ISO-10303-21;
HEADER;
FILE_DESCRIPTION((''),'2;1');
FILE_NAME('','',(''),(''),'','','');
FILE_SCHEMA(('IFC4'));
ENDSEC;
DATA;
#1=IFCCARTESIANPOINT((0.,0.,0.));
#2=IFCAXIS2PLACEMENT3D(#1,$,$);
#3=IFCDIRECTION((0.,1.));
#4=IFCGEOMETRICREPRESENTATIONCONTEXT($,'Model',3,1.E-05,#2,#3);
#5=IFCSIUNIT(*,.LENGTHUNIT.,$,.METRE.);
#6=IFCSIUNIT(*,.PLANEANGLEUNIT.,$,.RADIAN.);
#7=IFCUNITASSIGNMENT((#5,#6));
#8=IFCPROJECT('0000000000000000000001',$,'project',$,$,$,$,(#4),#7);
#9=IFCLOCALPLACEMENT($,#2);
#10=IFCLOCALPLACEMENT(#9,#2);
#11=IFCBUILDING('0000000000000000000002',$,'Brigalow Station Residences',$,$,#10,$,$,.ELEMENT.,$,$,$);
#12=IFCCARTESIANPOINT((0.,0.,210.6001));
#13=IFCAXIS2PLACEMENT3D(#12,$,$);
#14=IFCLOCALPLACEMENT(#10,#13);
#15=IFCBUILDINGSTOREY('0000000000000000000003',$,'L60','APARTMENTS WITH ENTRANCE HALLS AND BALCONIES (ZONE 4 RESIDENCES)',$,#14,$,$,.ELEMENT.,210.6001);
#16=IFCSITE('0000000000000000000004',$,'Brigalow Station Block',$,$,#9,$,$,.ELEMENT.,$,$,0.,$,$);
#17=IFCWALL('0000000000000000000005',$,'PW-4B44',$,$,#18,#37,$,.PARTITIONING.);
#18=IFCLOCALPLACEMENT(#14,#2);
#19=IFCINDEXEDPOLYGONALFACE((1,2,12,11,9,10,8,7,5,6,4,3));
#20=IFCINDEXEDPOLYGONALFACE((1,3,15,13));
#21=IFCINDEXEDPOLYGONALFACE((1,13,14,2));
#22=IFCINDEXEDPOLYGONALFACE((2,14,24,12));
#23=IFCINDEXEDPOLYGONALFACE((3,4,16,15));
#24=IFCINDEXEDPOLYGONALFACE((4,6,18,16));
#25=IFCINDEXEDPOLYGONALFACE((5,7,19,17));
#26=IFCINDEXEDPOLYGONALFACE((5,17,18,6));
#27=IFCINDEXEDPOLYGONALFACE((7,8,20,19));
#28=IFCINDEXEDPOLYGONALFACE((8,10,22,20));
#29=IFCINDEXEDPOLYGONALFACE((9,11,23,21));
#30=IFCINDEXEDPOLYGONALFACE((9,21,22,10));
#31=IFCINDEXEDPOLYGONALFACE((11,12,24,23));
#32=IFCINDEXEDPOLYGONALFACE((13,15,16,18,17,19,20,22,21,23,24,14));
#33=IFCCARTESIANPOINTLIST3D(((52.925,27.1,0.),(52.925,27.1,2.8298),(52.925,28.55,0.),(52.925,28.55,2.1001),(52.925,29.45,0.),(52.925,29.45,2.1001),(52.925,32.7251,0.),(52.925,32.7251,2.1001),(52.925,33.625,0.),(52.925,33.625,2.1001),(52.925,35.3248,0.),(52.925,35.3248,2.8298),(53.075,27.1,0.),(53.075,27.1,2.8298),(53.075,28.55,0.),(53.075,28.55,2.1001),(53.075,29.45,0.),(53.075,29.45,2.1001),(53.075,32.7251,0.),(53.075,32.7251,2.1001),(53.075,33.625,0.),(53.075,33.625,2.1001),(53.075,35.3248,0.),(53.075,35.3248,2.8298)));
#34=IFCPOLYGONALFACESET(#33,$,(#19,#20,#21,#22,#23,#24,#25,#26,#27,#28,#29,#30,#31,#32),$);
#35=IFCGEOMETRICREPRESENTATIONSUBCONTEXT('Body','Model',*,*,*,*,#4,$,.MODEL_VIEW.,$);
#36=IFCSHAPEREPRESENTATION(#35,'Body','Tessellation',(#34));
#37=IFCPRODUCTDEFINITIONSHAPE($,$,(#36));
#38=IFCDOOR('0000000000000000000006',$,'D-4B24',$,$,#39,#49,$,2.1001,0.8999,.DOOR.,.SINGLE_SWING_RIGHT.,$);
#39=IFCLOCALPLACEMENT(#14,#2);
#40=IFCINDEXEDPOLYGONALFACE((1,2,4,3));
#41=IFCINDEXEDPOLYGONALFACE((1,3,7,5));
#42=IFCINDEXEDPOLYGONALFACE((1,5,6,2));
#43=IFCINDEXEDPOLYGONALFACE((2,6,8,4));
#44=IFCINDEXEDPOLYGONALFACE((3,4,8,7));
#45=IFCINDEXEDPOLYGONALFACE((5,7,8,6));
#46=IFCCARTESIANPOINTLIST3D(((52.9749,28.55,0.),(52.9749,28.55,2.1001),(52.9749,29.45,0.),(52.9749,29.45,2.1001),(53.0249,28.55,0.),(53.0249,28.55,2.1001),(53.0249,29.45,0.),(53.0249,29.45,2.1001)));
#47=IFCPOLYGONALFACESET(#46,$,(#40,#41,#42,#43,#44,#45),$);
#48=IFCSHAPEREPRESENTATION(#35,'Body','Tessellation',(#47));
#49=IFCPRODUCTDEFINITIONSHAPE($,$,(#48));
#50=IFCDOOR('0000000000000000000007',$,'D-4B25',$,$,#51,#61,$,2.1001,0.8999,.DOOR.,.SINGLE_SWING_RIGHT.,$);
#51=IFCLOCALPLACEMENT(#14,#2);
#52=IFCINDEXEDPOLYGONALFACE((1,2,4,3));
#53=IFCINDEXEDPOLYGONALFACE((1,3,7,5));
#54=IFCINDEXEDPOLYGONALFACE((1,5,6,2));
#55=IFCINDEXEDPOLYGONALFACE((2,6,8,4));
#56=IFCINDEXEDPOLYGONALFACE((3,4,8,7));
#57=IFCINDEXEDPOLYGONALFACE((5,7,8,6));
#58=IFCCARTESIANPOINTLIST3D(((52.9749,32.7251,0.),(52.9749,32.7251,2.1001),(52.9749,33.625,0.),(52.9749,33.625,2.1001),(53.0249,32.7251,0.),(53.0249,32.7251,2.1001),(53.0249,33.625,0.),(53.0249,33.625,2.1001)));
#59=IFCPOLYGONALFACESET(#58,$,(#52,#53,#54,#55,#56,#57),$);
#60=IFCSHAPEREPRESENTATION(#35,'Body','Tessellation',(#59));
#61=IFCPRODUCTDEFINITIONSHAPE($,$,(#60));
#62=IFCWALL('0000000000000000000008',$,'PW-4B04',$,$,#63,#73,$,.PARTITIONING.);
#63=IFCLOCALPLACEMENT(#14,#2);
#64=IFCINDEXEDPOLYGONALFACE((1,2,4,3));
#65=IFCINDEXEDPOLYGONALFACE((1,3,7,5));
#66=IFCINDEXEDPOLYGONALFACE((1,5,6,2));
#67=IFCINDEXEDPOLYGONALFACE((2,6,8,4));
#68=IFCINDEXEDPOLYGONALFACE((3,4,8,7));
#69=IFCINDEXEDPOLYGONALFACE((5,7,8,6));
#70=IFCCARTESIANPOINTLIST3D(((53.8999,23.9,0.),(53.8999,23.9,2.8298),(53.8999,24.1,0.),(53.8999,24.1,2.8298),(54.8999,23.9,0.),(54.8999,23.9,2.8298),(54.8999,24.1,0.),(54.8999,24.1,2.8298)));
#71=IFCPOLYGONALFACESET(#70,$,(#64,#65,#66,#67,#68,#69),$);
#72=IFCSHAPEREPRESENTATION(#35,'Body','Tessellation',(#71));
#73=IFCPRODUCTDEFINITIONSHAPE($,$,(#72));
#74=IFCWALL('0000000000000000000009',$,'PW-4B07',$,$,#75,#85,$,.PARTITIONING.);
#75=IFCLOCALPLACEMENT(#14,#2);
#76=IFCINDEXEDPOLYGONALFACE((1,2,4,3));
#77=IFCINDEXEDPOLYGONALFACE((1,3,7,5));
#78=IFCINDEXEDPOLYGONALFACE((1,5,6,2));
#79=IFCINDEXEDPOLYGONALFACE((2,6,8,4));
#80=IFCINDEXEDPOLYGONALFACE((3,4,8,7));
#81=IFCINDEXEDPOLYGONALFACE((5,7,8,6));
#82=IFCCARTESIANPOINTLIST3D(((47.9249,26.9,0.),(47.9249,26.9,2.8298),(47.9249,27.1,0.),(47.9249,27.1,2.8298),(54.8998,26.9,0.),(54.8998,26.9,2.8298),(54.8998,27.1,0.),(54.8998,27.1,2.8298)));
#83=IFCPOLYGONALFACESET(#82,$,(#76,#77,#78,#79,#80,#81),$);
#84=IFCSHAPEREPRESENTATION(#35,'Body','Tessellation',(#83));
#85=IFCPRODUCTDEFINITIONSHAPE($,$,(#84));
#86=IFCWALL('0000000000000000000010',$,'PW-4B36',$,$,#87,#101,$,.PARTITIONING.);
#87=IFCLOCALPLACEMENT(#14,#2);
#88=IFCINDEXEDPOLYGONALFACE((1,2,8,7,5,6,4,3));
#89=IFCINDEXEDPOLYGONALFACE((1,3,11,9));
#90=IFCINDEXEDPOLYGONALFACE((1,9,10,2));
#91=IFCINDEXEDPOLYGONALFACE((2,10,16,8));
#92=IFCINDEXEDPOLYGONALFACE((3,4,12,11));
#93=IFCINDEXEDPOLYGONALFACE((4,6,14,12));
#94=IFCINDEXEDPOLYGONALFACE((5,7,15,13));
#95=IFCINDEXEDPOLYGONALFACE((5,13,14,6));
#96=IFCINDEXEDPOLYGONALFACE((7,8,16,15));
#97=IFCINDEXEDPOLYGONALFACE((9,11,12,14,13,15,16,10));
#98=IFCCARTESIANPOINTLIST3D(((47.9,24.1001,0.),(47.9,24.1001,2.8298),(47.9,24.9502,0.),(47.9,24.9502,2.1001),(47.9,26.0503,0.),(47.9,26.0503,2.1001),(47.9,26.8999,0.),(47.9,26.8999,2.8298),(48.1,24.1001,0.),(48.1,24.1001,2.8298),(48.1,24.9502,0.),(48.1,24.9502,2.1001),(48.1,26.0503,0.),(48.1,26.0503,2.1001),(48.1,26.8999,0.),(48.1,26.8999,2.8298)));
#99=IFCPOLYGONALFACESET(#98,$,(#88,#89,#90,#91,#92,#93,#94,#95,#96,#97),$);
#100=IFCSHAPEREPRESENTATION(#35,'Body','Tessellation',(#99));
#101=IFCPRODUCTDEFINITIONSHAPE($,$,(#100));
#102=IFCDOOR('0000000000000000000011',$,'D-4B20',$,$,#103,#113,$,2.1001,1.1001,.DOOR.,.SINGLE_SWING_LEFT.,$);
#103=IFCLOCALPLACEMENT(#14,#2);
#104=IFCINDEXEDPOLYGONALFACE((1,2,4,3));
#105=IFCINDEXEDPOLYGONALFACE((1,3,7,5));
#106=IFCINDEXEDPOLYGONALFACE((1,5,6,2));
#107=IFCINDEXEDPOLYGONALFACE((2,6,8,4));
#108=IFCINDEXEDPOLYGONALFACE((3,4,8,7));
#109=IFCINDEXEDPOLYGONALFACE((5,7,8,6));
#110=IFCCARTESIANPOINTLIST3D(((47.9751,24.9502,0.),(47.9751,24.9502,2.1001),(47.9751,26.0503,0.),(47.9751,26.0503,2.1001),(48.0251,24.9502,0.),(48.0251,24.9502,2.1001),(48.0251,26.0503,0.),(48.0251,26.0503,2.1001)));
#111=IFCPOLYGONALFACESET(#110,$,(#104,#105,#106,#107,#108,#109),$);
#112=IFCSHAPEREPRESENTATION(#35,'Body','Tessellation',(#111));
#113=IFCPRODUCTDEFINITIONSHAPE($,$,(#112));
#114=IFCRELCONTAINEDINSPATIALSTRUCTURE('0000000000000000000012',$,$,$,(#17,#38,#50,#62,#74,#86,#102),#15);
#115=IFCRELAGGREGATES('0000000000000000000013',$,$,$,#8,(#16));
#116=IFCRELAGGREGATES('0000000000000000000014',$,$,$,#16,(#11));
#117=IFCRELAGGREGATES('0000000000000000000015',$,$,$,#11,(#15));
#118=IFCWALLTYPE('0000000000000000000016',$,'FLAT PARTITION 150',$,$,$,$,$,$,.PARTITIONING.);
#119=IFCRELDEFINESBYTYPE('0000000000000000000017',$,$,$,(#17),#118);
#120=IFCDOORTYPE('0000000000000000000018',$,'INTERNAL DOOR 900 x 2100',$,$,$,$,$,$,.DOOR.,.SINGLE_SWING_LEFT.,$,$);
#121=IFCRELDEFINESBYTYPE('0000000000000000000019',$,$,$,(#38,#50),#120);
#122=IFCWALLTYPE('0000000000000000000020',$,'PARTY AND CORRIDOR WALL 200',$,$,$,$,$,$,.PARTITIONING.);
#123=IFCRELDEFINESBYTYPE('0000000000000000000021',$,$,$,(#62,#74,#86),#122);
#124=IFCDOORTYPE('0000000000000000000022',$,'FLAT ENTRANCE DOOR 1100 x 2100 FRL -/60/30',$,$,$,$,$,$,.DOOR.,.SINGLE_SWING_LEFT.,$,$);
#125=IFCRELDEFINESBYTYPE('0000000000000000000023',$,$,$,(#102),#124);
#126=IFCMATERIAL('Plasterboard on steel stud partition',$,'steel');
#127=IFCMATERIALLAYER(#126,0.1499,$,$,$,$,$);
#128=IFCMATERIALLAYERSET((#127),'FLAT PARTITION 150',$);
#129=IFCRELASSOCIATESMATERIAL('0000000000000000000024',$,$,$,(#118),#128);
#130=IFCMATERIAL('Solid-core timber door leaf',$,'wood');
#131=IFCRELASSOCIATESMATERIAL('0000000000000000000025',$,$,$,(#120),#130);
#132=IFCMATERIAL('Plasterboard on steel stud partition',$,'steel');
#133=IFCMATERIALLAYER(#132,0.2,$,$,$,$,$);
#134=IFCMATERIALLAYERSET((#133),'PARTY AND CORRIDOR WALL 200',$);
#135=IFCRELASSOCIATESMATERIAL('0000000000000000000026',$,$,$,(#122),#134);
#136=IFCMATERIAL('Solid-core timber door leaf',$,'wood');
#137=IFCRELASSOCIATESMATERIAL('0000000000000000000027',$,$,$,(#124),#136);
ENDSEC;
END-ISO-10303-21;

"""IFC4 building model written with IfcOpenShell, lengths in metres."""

from ifc_helpers import new_model, si_unit, direction, frame, frame_2d, origin, place, context, subcontext, project, spatial, rectangle, extrude, material, layer, layer_set, type_object, element, fill, save


model = new_model("IFC4")

# Units and contexts
model_context = context("Model", 3, precision=1e-05, world=origin(), true_north=direction((0.0, 1.0)))
body_context = subcontext(model_context, "Body", "Model", "MODEL_VIEW")
ifc_project = project(units=[si_unit("LENGTHUNIT", "METRE"), si_unit("PLANEANGLEUNIT", "RADIAN")], contexts=[model_context])

# Site, building, storey
site_placement = place(None, origin())
site = spatial("IfcSite", under=ifc_project, at=site_placement, Name="Brigalow Station Block", CompositionType="ELEMENT", RefElevation=0.0)
building_placement = place(site_placement, origin())
building = spatial("IfcBuilding", under=site, at=building_placement, Name="Brigalow Station Residences", CompositionType="ELEMENT")
storey_placement = place(building_placement, frame((0.0, 0.0, 210.6001)))
storey = spatial("IfcBuildingStorey", under=building, at=storey_placement, Name="L60", Description="APARTMENTS WITH ENTRANCE HALLS AND BALCONIES (ZONE 4 RESIDENCES)", CompositionType="ELEMENT", Elevation=210.6001)

# Shared definitions
ifc_material_1 = material(Name="Plasterboard on steel stud partition", Category="steel")
ifc_layer_1 = layer(ifc_material_1, 0.1499)
ifc_layer_set_1 = layer_set([ifc_layer_1], Name="FLAT PARTITION 150")
wall_type_1 = type_object("IfcWallType", Name="FLAT PARTITION 150", PredefinedType="PARTITIONING", material=ifc_layer_set_1)

# Shared definitions
ifc_material_2 = material(Name="Solid-core timber door leaf", Category="wood")
door_type_1 = type_object("IfcDoorType", Name="INTERNAL DOOR 900 x 2100", OperationType="SINGLE_SWING_LEFT", PredefinedType="DOOR", material=ifc_material_2)

# Wall, openings, doors
wall_1_placement = place(storey_placement, frame((53.0, 27.1001, 0.0), z_axis=(0.0, 0.0, 1.0), x_axis=(0.0, 1.0, 0.0)))
wall_1 = element("IfcWall", 1, at=wall_1_placement, inside=storey, type_object=wall_type_1, Name="PW-4B44", PredefinedType="PARTITIONING", context=body_context, shape_type="SweptSolid", body=[
    extrude(rectangle(XDim=8.2249, YDim=0.1499, at=frame_2d((4.1123, 0.0))), origin(), (0.0, 0.0, 1.0), 2.8298),
])
opening_1_placement = place(wall_1_placement, frame((1.45, 0.0, 0.0)))
opening_1 = element("IfcOpeningElement", 2, at=opening_1_placement, cuts=wall_1, PredefinedType="OPENING", context=body_context, shape_type="SweptSolid", body=[
    extrude(rectangle(XDim=0.8999, YDim=2.1001, at=frame_2d((0.45, 1.05))), frame((0.0, 0.085, 0.0), z_axis=(0.0, -1.0, 0.0), x_axis=(1.0, 0.0, 0.0)), (0.0, 0.0, 1.0), 0.1699),
])
opening_2_placement = place(wall_1_placement, frame((5.625, 0.0, 0.0)))
opening_2 = element("IfcOpeningElement", 3, at=opening_2_placement, cuts=wall_1, PredefinedType="OPENING", context=body_context, shape_type="SweptSolid", body=[
    extrude(rectangle(XDim=0.8999, YDim=2.1001, at=frame_2d((0.45, 1.05))), frame((0.0, 0.085, 0.0), z_axis=(0.0, -1.0, 0.0), x_axis=(1.0, 0.0, 0.0)), (0.0, 0.0, 1.0), 0.1699),
])
door_1_placement = place(opening_1_placement, frame((0.8999, 0.0, 0.0), z_axis=(0.0, 0.0, 1.0), x_axis=(-1.0, 0.0, 0.0)))
door_1 = element("IfcDoor", 4, at=door_1_placement, inside=storey, type_object=door_type_1, Name="D-4B24", OperationType="SINGLE_SWING_RIGHT", OverallHeight=2.1001, OverallWidth=0.8999, PredefinedType="DOOR", context=body_context, shape_type="SweptSolid", body=[
    extrude(rectangle(XDim=0.8999, YDim=2.1001, at=frame_2d((0.45, 1.05))), frame((0.0, 0.0249, 0.0), z_axis=(0.0, -1.0, 0.0), x_axis=(1.0, 0.0, 0.0)), (0.0, 0.0, 1.0), 0.05),
])
fill(opening_1, door_1)
door_2_placement = place(opening_2_placement, frame((0.8999, 0.0, 0.0), z_axis=(0.0, 0.0, 1.0), x_axis=(-1.0, 0.0, 0.0)))
door_2 = element("IfcDoor", 5, at=door_2_placement, inside=storey, type_object=door_type_1, Name="D-4B25", OperationType="SINGLE_SWING_RIGHT", OverallHeight=2.1001, OverallWidth=0.8999, PredefinedType="DOOR", context=body_context, shape_type="SweptSolid", body=[
    extrude(rectangle(XDim=0.8999, YDim=2.1001, at=frame_2d((0.45, 1.05))), frame((0.0, 0.0249, 0.0), z_axis=(0.0, -1.0, 0.0), x_axis=(1.0, 0.0, 0.0)), (0.0, 0.0, 1.0), 0.05),
])
fill(opening_2, door_2)

# Walls
ifc_material_3 = material(Name="Plasterboard on steel stud partition", Category="steel")
ifc_layer_2 = layer(ifc_material_3, 0.2)
ifc_layer_set_2 = layer_set([ifc_layer_2], Name="PARTY AND CORRIDOR WALL 200")
wall_type_2 = type_object("IfcWallType", Name="PARTY AND CORRIDOR WALL 200", PredefinedType="PARTITIONING", material=ifc_layer_set_2)
wall_2_placement = place(storey_placement, frame((53.8999, 24.0, 0.0), z_axis=(0.0, 0.0, 1.0), x_axis=(1.0, 0.0, 0.0)))
element("IfcWall", 6, at=wall_2_placement, inside=storey, type_object=wall_type_2, Name="PW-4B04", PredefinedType="PARTITIONING", context=body_context, shape_type="SweptSolid", body=[
    extrude(rectangle(XDim=1.0, YDim=0.2, at=frame_2d((0.5, 0.0))), origin(), (0.0, 0.0, 1.0), 2.8298),
])
wall_3_placement = place(storey_placement, frame((47.925, 27.0, 0.0), z_axis=(0.0, 0.0, 1.0), x_axis=(1.0, 0.0, 0.0)))
element("IfcWall", 7, at=wall_3_placement, inside=storey, type_object=wall_type_2, Name="PW-4B07", PredefinedType="PARTITIONING", context=body_context, shape_type="SweptSolid", body=[
    extrude(rectangle(XDim=6.9749, YDim=0.2, at=frame_2d((3.4873, 0.0))), origin(), (0.0, 0.0, 1.0), 2.8298),
])

# Wall, opening, door
wall_4_placement = place(storey_placement, frame((48.0, 24.1001, 0.0), z_axis=(0.0, 0.0, 1.0), x_axis=(0.0, 1.0, 0.0)))
wall_4 = element("IfcWall", 8, at=wall_4_placement, inside=storey, type_object=wall_type_2, Name="PW-4B36", PredefinedType="PARTITIONING", context=body_context, shape_type="SweptSolid", body=[
    extrude(rectangle(XDim=2.7998, YDim=0.2, at=frame_2d((1.3999, 0.0))), origin(), (0.0, 0.0, 1.0), 2.8298),
])
opening_3_placement = place(wall_4_placement, frame((0.8501, 0.0, 0.0)))
opening_3 = element("IfcOpeningElement", 9, at=opening_3_placement, cuts=wall_4, PredefinedType="OPENING", context=body_context, shape_type="SweptSolid", body=[
    extrude(rectangle(XDim=1.1001, YDim=2.1001, at=frame_2d((0.55, 1.05))), frame((0.0, 0.1099, 0.0), z_axis=(0.0, -1.0, 0.0), x_axis=(1.0, 0.0, 0.0)), (0.0, 0.0, 1.0), 0.22),
])
ifc_material_4 = material(Name="Solid-core timber door leaf", Category="wood")
door_type_2 = type_object("IfcDoorType", Name="FLAT ENTRANCE DOOR 1100 x 2100 FRL -/60/30", OperationType="SINGLE_SWING_LEFT", PredefinedType="DOOR", material=ifc_material_4)
door_3_placement = place(opening_3_placement, origin())
door_3 = element("IfcDoor", 10, at=door_3_placement, inside=storey, type_object=door_type_2, Name="D-4B20", OperationType="SINGLE_SWING_LEFT", OverallHeight=2.1001, OverallWidth=1.1001, PredefinedType="DOOR", context=body_context, shape_type="SweptSolid", body=[
    extrude(rectangle(XDim=1.1001, YDim=2.1001, at=frame_2d((0.55, 1.05))), frame((0.0, 0.0249, 0.0), z_axis=(0.0, -1.0, 0.0), x_axis=(1.0, 0.0, 0.0)), (0.0, 0.0, 1.0), 0.05),
])
fill(opening_3, door_3)

save(model, "model.ifc")
